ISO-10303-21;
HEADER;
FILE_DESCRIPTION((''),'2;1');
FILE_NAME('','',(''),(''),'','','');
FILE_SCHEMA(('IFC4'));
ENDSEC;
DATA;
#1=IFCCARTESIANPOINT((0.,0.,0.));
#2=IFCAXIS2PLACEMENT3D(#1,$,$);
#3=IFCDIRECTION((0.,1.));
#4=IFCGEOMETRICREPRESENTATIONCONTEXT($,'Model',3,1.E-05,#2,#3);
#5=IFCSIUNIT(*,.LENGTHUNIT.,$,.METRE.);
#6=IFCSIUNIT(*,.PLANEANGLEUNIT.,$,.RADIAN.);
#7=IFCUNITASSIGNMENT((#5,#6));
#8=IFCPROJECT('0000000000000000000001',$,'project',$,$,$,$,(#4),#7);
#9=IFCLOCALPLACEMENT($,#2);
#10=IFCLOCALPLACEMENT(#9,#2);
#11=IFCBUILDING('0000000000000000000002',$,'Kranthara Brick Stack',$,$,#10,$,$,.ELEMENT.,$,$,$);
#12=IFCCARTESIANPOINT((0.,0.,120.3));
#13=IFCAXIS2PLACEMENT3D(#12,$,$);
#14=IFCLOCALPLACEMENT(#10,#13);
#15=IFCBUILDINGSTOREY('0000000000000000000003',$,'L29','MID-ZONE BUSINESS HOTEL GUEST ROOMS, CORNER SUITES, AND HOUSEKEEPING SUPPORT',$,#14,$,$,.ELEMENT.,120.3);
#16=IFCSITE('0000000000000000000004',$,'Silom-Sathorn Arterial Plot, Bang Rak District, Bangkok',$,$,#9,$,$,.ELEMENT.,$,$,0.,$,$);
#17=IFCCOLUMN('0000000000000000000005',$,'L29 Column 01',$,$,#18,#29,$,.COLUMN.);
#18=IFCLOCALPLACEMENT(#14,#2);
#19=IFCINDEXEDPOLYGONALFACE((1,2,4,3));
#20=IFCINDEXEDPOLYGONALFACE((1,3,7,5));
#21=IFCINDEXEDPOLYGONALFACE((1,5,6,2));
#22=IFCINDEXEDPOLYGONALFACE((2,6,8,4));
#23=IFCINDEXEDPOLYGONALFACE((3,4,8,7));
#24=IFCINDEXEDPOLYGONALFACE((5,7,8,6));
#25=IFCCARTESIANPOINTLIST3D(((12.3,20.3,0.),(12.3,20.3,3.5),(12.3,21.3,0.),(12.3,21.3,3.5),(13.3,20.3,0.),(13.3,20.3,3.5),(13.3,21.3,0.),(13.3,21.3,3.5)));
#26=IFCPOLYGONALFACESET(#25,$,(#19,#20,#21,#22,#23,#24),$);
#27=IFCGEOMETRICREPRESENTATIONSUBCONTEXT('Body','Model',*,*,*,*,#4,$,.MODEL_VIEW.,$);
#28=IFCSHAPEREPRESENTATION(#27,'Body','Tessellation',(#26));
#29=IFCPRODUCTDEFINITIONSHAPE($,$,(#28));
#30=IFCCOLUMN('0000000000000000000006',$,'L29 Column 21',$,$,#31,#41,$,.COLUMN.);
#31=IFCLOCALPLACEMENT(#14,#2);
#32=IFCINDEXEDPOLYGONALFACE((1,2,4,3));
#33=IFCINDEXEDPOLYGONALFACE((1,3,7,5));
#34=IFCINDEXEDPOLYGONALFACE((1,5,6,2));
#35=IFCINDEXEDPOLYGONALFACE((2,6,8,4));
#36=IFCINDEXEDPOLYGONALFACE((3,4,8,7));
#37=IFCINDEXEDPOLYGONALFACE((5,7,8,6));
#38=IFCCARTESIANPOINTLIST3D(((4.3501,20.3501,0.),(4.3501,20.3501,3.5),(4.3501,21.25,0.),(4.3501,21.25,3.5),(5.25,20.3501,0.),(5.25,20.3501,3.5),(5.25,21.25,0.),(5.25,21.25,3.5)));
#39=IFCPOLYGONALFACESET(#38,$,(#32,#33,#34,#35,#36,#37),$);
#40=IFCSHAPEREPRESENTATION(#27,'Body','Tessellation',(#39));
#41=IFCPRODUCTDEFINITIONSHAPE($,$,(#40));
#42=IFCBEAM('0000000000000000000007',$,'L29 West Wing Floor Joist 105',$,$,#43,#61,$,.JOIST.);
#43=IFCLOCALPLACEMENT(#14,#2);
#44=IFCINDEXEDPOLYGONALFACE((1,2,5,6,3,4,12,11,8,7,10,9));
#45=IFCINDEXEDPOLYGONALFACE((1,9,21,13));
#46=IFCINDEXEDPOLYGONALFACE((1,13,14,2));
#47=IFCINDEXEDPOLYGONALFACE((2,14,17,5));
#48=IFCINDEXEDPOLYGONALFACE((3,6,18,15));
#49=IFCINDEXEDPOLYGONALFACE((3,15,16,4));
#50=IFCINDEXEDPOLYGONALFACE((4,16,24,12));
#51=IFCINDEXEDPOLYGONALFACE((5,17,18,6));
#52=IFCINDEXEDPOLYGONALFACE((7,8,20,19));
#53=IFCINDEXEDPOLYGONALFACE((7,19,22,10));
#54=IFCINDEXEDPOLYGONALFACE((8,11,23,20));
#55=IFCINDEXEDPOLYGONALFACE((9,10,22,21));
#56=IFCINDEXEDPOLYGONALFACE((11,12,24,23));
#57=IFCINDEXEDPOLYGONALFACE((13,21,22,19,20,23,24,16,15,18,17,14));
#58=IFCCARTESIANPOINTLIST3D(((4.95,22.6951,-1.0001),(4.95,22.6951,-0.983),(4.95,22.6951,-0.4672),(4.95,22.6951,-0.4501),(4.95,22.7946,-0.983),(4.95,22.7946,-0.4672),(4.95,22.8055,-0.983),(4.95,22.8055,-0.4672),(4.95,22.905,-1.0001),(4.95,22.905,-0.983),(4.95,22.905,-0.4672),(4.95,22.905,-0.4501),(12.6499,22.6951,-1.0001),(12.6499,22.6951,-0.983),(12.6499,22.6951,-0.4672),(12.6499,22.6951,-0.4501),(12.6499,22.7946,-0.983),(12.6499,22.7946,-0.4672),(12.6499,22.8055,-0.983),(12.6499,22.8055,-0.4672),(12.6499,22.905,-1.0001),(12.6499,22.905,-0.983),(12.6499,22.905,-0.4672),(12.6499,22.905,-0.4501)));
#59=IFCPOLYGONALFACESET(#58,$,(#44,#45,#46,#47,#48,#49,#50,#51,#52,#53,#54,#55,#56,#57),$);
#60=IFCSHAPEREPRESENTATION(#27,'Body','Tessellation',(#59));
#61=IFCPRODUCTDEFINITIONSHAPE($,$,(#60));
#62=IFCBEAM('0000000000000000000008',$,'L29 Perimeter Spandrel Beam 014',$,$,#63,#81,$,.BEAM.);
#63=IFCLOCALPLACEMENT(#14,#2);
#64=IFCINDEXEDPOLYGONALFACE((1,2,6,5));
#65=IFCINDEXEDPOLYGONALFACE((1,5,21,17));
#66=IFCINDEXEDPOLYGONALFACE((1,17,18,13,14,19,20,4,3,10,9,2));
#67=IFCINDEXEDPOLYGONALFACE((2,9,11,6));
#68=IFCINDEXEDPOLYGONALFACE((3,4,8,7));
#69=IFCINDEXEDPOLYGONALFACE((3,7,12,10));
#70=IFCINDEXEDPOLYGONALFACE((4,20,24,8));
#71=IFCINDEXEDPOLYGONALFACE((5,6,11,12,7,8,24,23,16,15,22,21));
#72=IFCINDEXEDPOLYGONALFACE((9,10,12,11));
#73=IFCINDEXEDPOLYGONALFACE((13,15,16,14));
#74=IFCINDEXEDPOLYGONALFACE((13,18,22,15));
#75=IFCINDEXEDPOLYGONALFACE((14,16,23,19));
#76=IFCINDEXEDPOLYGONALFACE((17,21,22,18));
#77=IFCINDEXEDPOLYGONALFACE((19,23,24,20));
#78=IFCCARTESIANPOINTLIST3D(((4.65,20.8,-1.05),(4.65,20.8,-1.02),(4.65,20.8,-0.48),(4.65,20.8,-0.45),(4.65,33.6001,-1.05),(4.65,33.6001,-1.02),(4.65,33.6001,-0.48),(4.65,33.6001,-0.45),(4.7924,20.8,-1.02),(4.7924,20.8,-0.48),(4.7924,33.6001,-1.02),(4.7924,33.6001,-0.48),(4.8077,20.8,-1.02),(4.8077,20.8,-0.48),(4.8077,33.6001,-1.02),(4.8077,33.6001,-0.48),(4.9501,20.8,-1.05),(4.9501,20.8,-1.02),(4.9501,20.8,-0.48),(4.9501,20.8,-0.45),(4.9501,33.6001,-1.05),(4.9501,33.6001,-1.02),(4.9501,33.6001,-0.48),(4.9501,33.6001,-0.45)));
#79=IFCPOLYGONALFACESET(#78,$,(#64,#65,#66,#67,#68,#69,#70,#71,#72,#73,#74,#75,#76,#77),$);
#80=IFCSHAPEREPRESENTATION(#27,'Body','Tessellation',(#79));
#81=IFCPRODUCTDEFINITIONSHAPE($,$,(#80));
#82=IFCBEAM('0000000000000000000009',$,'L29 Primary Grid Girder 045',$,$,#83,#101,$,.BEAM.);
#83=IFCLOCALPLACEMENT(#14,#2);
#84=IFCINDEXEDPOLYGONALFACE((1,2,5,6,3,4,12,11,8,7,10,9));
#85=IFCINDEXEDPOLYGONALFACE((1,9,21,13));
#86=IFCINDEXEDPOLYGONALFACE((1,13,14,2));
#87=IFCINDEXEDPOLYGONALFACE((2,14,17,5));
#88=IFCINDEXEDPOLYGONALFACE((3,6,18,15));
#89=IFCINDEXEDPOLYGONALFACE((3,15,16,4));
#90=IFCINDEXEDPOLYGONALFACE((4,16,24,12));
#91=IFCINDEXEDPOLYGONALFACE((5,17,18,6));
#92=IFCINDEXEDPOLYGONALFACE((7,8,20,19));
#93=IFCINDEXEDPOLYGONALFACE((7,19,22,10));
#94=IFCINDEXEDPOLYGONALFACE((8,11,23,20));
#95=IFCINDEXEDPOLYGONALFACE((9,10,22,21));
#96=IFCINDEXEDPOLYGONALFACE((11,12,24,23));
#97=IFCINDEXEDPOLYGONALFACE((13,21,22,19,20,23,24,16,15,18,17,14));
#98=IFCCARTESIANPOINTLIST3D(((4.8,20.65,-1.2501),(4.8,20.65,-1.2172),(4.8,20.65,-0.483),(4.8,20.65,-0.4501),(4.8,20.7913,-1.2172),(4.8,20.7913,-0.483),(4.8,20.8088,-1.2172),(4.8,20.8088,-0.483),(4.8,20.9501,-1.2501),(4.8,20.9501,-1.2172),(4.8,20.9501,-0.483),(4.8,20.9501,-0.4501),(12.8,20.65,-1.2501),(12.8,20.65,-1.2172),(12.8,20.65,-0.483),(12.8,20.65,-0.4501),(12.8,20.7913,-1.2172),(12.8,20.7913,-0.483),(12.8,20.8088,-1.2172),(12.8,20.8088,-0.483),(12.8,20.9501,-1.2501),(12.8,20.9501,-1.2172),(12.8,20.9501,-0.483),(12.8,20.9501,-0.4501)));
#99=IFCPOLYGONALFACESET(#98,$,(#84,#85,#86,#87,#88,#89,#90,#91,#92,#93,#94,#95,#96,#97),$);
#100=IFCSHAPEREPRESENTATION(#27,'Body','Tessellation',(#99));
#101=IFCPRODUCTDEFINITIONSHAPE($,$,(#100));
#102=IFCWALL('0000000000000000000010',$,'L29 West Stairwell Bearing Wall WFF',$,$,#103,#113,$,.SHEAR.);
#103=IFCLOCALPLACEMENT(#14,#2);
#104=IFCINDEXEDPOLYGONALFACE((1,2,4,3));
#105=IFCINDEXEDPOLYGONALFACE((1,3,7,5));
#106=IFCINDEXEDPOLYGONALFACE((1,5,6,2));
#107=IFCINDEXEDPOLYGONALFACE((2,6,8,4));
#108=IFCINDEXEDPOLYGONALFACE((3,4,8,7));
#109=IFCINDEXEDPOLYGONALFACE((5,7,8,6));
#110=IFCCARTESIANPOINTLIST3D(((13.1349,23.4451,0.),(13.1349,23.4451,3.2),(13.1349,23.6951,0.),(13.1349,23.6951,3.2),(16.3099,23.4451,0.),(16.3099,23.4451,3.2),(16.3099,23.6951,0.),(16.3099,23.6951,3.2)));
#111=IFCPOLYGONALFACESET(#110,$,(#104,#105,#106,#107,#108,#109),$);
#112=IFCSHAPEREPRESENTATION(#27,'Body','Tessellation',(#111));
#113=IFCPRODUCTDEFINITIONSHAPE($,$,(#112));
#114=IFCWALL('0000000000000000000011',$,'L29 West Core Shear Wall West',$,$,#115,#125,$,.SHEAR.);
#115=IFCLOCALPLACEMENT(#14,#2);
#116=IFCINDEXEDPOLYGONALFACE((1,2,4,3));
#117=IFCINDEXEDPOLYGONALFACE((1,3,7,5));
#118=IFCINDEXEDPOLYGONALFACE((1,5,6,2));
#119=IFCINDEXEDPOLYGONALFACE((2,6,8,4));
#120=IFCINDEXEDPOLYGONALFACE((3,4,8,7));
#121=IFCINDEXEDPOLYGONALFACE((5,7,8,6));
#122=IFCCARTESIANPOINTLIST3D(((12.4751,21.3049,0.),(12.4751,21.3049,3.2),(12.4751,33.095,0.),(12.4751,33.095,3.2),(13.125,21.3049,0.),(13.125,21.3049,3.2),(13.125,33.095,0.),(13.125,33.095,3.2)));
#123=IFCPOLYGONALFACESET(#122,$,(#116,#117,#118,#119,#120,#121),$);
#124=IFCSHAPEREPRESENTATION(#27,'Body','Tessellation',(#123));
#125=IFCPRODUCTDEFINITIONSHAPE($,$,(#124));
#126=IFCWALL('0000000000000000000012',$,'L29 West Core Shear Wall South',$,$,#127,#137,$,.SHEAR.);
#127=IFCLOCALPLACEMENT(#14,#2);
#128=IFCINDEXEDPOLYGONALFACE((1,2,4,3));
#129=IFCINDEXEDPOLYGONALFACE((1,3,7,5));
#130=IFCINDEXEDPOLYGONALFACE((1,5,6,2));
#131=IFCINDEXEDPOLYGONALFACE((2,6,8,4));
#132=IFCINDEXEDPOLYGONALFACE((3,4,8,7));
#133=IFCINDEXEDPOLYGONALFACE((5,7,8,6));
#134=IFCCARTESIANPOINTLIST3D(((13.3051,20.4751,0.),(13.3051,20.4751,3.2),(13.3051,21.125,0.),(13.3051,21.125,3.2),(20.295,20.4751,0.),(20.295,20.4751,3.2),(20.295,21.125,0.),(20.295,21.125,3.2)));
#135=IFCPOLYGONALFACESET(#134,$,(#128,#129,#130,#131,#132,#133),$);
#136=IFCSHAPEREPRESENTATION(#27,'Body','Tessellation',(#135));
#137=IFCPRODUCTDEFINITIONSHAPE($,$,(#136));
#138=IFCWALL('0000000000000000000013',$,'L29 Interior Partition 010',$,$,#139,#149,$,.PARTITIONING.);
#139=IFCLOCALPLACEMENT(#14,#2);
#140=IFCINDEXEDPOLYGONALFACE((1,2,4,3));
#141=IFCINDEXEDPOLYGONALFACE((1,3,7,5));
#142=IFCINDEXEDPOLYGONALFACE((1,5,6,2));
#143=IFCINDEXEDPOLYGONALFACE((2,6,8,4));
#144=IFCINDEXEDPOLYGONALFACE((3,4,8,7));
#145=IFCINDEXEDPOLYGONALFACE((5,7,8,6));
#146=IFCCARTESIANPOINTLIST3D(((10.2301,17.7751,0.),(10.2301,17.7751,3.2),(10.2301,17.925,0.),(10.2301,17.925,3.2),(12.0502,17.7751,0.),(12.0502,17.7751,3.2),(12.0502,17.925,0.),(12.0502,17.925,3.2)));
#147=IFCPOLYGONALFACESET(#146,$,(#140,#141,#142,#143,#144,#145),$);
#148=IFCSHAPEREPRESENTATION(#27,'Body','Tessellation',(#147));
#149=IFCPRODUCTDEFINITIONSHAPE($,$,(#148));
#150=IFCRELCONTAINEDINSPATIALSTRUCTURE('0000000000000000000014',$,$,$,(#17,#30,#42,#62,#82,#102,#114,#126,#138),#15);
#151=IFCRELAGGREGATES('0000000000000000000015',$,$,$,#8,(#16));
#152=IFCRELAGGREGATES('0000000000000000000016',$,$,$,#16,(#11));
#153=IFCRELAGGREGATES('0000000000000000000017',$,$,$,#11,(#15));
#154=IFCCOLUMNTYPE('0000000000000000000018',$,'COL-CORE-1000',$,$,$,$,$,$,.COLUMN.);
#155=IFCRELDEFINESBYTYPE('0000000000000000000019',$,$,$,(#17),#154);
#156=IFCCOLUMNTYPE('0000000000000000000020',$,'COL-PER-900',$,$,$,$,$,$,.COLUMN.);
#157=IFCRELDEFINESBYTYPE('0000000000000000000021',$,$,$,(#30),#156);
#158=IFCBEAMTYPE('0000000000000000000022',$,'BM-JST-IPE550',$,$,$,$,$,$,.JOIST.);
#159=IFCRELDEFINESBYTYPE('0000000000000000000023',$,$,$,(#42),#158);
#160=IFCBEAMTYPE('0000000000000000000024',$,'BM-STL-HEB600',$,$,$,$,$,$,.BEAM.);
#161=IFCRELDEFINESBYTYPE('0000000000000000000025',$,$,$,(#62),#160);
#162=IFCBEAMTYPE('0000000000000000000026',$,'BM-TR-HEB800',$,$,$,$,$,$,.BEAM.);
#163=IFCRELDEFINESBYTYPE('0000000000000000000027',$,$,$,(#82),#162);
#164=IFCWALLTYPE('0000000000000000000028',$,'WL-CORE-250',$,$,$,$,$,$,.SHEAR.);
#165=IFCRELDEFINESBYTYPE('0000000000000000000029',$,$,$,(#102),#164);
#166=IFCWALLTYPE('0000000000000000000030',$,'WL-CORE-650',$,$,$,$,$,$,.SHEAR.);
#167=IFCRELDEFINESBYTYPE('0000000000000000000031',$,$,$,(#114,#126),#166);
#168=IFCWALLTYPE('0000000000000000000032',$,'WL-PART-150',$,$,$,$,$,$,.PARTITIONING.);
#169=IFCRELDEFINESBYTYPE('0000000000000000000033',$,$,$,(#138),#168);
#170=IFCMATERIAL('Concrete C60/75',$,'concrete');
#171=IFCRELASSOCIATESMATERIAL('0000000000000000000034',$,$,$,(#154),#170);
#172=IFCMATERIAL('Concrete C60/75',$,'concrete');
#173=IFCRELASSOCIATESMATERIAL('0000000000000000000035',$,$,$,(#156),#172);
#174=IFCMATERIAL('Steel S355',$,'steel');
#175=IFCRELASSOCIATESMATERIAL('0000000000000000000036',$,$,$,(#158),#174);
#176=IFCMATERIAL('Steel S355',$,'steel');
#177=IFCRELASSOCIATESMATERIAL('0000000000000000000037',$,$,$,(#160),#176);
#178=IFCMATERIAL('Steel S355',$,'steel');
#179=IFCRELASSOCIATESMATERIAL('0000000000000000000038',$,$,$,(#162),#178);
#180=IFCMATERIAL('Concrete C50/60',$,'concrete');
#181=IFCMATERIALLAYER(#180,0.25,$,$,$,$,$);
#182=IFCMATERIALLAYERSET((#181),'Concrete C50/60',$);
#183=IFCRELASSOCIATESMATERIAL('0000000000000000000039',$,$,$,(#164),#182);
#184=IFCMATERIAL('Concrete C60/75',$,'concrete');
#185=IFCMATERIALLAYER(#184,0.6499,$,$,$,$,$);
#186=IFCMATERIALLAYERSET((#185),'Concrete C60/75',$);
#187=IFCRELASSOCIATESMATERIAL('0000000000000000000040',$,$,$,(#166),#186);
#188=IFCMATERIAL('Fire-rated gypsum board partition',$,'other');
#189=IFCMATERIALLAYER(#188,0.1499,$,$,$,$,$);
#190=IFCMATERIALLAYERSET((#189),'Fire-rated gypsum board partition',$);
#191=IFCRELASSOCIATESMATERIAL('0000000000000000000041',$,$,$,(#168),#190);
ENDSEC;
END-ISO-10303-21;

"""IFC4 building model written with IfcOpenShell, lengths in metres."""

from ifc_helpers import new_model, si_unit, direction, frame, frame_2d, origin, origin_2d, place, context, subcontext, project, spatial, rectangle, i_section, extrude, material, layer, layer_set, material_profile, profile_set, type_object, element, save


model = new_model("IFC4")

# Units and contexts
model_context = context("Model", 3, precision=1e-05, world=origin(), true_north=direction((0.0, 1.0)))
body_context = subcontext(model_context, "Body", "Model", "MODEL_VIEW")
ifc_project = project(units=[si_unit("LENGTHUNIT", "METRE"), si_unit("PLANEANGLEUNIT", "RADIAN")], contexts=[model_context])

# Site, building, storey
site_placement = place(None, origin())
site = spatial("IfcSite", under=ifc_project, at=site_placement, Name="Silom-Sathorn Arterial Plot, Bang Rak District, Bangkok", CompositionType="ELEMENT", RefElevation=0.0)
building_placement = place(site_placement, origin())
building = spatial("IfcBuilding", under=site, at=building_placement, Name="Kranthara Brick Stack", CompositionType="ELEMENT")
storey_placement = place(building_placement, frame((0.0, 0.0, 120.3)))
storey = spatial("IfcBuildingStorey", under=building, at=storey_placement, Name="L29", Description="MID-ZONE BUSINESS HOTEL GUEST ROOMS, CORNER SUITES, AND HOUSEKEEPING SUPPORT", CompositionType="ELEMENT", Elevation=120.3)

# Columns
ifc_material_1 = material(Name="Concrete C60/75", Category="concrete")
ifc_material_profile_1 = material_profile(ifc_material_1, rectangle(XDim=1.0, YDim=1.0, at=origin_2d()), Name="RC 1000x1000")
ifc_profile_set_1 = profile_set([ifc_material_profile_1], Name="Concrete C60/75")
column_type_1 = type_object("IfcColumnType", Name="COL-CORE-1000", PredefinedType="COLUMN", material=ifc_profile_set_1)
column_1_placement = place(storey_placement, frame((12.8, 20.8, 0.0), z_axis=(0.0, 0.0, 1.0), x_axis=(1.0, 0.0, 0.0)))
element("IfcColumn", 1, at=column_1_placement, inside=storey, type_object=column_type_1, Name="L29 Column 01", PredefinedType="COLUMN", context=body_context, shape_type="SweptSolid", body=[
    extrude(rectangle(XDim=1.0, YDim=1.0, at=origin_2d()), origin(), (0.0, 0.0, 1.0), 3.5),
])
ifc_material_2 = material(Name="Concrete C60/75", Category="concrete")
ifc_material_profile_2 = material_profile(ifc_material_2, rectangle(XDim=0.8999, YDim=0.8999, at=origin_2d()), Name="RC 900x900")
ifc_profile_set_2 = profile_set([ifc_material_profile_2], Name="Concrete C60/75")
column_type_2 = type_object("IfcColumnType", Name="COL-PER-900", PredefinedType="COLUMN", material=ifc_profile_set_2)
column_2_placement = place(storey_placement, frame((4.8, 20.8, 0.0), z_axis=(0.0, 0.0, 1.0), x_axis=(1.0, 0.0, 0.0)))
element("IfcColumn", 2, at=column_2_placement, inside=storey, type_object=column_type_2, Name="L29 Column 21", PredefinedType="COLUMN", context=body_context, shape_type="SweptSolid", body=[
    extrude(rectangle(XDim=0.8999, YDim=0.8999, at=origin_2d()), origin(), (0.0, 0.0, 1.0), 3.5),
])

# Beams
ifc_material_3 = material(Name="Steel S355", Category="steel")
ifc_material_profile_3 = material_profile(ifc_material_3, i_section(OverallWidth=0.21, OverallDepth=0.55, WebThickness=0.011, FlangeThickness=0.0171, at=origin_2d()), Name="IPE 550")
ifc_profile_set_3 = profile_set([ifc_material_profile_3], Name="Steel S355")
beam_type_1 = type_object("IfcBeamType", Name="BM-JST-IPE550", PredefinedType="JOIST", material=ifc_profile_set_3)
beam_1_placement = place(storey_placement, frame((4.95, 22.8, -0.7251), z_axis=(1.0, 0.0, 0.0), x_axis=(0.0, 1.0, 0.0)))
element("IfcBeam", 3, at=beam_1_placement, inside=storey, type_object=beam_type_1, Name="L29 West Wing Floor Joist 105", PredefinedType="JOIST", context=body_context, shape_type="SweptSolid", body=[
    extrude(i_section(OverallWidth=0.21, OverallDepth=0.55, WebThickness=0.011, FlangeThickness=0.0171, at=origin_2d()), origin(), (0.0, 0.0, 1.0), 7.7),
])
ifc_material_4 = material(Name="Steel S355", Category="steel")
ifc_material_profile_4 = material_profile(ifc_material_4, i_section(OverallWidth=0.3, OverallDepth=0.6001, WebThickness=0.0154, FlangeThickness=0.03, at=origin_2d()), Name="HEB 600")
ifc_profile_set_4 = profile_set([ifc_material_profile_4], Name="Steel S355")
beam_type_2 = type_object("IfcBeamType", Name="BM-STL-HEB600", PredefinedType="BEAM", material=ifc_profile_set_4)
beam_2_placement = place(storey_placement, frame((4.8, 20.8, -0.75), z_axis=(0.0, 1.0, 0.0), x_axis=(-1.0, 0.0, 0.0)))
element("IfcBeam", 4, at=beam_2_placement, inside=storey, type_object=beam_type_2, Name="L29 Perimeter Spandrel Beam 014", PredefinedType="BEAM", context=body_context, shape_type="SweptSolid", body=[
    extrude(i_section(OverallWidth=0.3, OverallDepth=0.6001, WebThickness=0.0154, FlangeThickness=0.03, at=origin_2d()), origin(), (0.0, 0.0, 1.0), 12.8),
])
ifc_material_5 = material(Name="Steel S355", Category="steel")
ifc_material_profile_5 = material_profile(ifc_material_5, i_section(OverallWidth=0.3, OverallDepth=0.8, WebThickness=0.0176, FlangeThickness=0.033, at=origin_2d()), Name="HEB 800")
ifc_profile_set_5 = profile_set([ifc_material_profile_5], Name="Steel S355")
beam_type_3 = type_object("IfcBeamType", Name="BM-TR-HEB800", PredefinedType="BEAM", material=ifc_profile_set_5)
beam_3_placement = place(storey_placement, frame((4.8, 20.8, -0.8501), z_axis=(1.0, 0.0, 0.0), x_axis=(0.0, 1.0, 0.0)))
element("IfcBeam", 5, at=beam_3_placement, inside=storey, type_object=beam_type_3, Name="L29 Primary Grid Girder 045", PredefinedType="BEAM", context=body_context, shape_type="SweptSolid", body=[
    extrude(i_section(OverallWidth=0.3, OverallDepth=0.8, WebThickness=0.0176, FlangeThickness=0.033, at=origin_2d()), origin(), (0.0, 0.0, 1.0), 8.0),
])

# Shared definitions
ifc_material_6 = material(Name="Concrete C50/60", Category="concrete")
ifc_layer_1 = layer(ifc_material_6, 0.25)
ifc_layer_set_1 = layer_set([ifc_layer_1], Name="Concrete C50/60")
wall_type_1 = type_object("IfcWallType", Name="WL-CORE-250", PredefinedType="SHEAR", material=ifc_layer_set_1)

# Walls
wall_1_placement = place(storey_placement, frame((13.135, 23.5701, 0.0), z_axis=(0.0, 0.0, 1.0), x_axis=(1.0, 0.0, 0.0)))
element("IfcWall", 6, at=wall_1_placement, inside=storey, type_object=wall_type_1, Name="L29 West Stairwell Bearing Wall WFF", PredefinedType="SHEAR", context=body_context, shape_type="SweptSolid", body=[
    extrude(rectangle(XDim=3.175, YDim=0.25, at=frame_2d((1.5874, 0.0))), origin(), (0.0, 0.0, 1.0), 3.2),
])
ifc_material_7 = material(Name="Concrete C60/75", Category="concrete")
ifc_layer_2 = layer(ifc_material_7, 0.6499)
ifc_layer_set_2 = layer_set([ifc_layer_2], Name="Concrete C60/75")
wall_type_2 = type_object("IfcWallType", Name="WL-CORE-650", PredefinedType="SHEAR", material=ifc_layer_set_2)
wall_2_placement = place(storey_placement, frame((12.8, 21.3049, 0.0), z_axis=(0.0, 0.0, 1.0), x_axis=(0.0, 1.0, 0.0)))
element("IfcWall", 7, at=wall_2_placement, inside=storey, type_object=wall_type_2, Name="L29 West Core Shear Wall West", PredefinedType="SHEAR", context=body_context, shape_type="SweptSolid", body=[
    extrude(rectangle(XDim=11.79, YDim=0.6499, at=frame_2d((5.895, 0.0))), origin(), (0.0, 0.0, 1.0), 3.2),
])
wall_3_placement = place(storey_placement, frame((13.3049, 20.8, 0.0), z_axis=(0.0, 0.0, 1.0), x_axis=(1.0, 0.0, 0.0)))
element("IfcWall", 8, at=wall_3_placement, inside=storey, type_object=wall_type_2, Name="L29 West Core Shear Wall South", PredefinedType="SHEAR", context=body_context, shape_type="SweptSolid", body=[
    extrude(rectangle(XDim=6.99, YDim=0.6499, at=frame_2d((3.4951, 0.0))), origin(), (0.0, 0.0, 1.0), 3.2),
])
ifc_material_8 = material(Name="Fire-rated gypsum board partition", Category="other")
ifc_layer_3 = layer(ifc_material_8, 0.1499)
ifc_layer_set_3 = layer_set([ifc_layer_3], Name="Fire-rated gypsum board partition")
wall_type_3 = type_object("IfcWallType", Name="WL-PART-150", PredefinedType="PARTITIONING", material=ifc_layer_set_3)
wall_4_placement = place(storey_placement, frame((10.23, 17.8501, 0.0), z_axis=(0.0, 0.0, 1.0), x_axis=(1.0, 0.0, 0.0)))
element("IfcWall", 9, at=wall_4_placement, inside=storey, type_object=wall_type_3, Name="L29 Interior Partition 010", PredefinedType="PARTITIONING", context=body_context, shape_type="SweptSolid", body=[
    extrude(rectangle(XDim=1.8201, YDim=0.1499, at=frame_2d((0.9102, 0.0))), origin(), (0.0, 0.0, 1.0), 3.2),
])

save(model, "model.ifc")
